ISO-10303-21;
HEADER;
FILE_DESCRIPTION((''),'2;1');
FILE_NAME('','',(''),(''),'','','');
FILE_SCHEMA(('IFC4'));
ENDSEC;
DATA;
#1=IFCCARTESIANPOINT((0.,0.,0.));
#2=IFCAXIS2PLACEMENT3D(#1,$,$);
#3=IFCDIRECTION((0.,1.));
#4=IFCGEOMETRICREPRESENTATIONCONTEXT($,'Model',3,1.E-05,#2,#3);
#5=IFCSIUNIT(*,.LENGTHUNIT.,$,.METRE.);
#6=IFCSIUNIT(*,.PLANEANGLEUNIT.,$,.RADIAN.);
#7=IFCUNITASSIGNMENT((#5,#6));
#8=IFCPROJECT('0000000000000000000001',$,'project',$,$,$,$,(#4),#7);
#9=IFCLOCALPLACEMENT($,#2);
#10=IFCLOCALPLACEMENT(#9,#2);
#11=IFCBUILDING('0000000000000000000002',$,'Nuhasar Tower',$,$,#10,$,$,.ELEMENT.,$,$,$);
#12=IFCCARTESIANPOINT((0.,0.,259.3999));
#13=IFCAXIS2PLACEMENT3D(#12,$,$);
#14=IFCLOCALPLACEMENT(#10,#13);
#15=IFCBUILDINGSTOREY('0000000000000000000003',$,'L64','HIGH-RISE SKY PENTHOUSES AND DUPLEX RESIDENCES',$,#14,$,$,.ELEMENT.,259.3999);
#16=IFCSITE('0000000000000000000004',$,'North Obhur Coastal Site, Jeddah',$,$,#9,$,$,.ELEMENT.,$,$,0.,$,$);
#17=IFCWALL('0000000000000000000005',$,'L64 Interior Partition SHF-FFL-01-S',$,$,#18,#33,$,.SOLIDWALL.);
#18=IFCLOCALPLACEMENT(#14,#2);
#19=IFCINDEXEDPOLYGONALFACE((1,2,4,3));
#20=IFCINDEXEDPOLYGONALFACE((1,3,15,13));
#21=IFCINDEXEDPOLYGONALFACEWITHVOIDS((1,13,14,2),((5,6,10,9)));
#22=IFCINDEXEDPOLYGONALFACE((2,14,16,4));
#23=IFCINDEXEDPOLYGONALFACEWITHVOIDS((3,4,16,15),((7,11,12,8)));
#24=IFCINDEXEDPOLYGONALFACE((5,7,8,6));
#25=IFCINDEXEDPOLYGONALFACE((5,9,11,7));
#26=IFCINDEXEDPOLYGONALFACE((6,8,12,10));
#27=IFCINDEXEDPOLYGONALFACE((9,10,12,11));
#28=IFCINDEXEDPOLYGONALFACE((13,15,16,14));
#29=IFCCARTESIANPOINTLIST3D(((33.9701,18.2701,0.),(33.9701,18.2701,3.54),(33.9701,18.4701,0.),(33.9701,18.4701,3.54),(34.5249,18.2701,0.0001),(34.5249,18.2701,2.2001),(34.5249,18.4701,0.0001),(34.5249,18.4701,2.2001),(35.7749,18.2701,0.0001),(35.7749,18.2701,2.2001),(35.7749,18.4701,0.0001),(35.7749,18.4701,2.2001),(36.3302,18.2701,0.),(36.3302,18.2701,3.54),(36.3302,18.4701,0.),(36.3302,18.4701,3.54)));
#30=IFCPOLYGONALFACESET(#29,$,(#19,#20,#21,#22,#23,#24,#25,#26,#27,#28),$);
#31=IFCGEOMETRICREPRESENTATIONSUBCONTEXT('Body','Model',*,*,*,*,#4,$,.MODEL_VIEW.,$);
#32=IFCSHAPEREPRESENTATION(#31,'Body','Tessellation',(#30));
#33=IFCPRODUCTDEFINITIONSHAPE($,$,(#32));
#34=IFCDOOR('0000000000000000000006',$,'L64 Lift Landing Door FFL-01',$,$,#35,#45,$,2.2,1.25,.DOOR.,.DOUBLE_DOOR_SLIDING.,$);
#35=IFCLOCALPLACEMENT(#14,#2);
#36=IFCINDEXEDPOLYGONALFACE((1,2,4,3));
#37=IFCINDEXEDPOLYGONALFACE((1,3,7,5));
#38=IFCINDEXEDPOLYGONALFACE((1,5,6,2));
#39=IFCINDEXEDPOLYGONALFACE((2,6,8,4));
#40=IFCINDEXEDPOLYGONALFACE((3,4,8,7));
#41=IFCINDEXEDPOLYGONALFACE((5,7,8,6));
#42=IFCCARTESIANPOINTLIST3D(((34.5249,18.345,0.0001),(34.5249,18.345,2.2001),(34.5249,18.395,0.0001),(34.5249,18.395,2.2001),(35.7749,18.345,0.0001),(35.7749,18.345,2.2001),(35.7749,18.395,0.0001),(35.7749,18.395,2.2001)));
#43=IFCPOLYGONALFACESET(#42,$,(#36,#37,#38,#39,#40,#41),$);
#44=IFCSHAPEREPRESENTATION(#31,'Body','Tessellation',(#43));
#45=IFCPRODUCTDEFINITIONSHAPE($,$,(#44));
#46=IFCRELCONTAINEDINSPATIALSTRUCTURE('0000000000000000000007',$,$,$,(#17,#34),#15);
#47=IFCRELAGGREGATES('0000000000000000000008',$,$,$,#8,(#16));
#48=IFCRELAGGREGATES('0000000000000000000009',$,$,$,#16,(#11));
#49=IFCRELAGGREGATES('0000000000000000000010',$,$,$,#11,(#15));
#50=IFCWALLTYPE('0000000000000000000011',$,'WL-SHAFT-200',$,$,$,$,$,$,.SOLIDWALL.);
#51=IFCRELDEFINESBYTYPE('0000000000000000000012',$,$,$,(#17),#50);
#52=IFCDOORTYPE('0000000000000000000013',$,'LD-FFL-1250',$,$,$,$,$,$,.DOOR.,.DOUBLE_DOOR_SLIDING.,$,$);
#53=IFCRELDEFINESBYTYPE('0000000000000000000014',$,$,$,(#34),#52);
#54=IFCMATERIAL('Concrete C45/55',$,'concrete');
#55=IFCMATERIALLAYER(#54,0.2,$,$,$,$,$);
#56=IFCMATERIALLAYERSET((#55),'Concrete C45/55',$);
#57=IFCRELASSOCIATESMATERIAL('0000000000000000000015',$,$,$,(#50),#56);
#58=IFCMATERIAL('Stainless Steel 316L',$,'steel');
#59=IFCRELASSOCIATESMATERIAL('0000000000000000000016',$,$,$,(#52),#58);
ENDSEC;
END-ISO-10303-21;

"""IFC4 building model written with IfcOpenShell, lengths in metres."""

from ifc_helpers import new_model, si_unit, direction, frame, frame_2d, origin, place, context, subcontext, project, spatial, rectangle, extrude, material, layer, layer_set, type_object, element, fill, save


model = new_model("IFC4")

# Units and contexts
model_context = context("Model", 3, precision=1e-05, world=origin(), true_north=direction((0.0, 1.0)))
body_context = subcontext(model_context, "Body", "Model", "MODEL_VIEW")
ifc_project = project(units=[si_unit("LENGTHUNIT", "METRE"), si_unit("PLANEANGLEUNIT", "RADIAN")], contexts=[model_context])

# Site, building, storey
site_placement = place(None, origin())
site = spatial("IfcSite", under=ifc_project, at=site_placement, Name="North Obhur Coastal Site, Jeddah", CompositionType="ELEMENT", RefElevation=0.0)
building_placement = place(site_placement, origin())
building = spatial("IfcBuilding", under=site, at=building_placement, Name="Nuhasar Tower", CompositionType="ELEMENT")
storey_placement = place(building_placement, frame((0.0, 0.0, 259.3999)))
storey = spatial("IfcBuildingStorey", under=building, at=storey_placement, Name="L64", Description="HIGH-RISE SKY PENTHOUSES AND DUPLEX RESIDENCES", CompositionType="ELEMENT", Elevation=259.3999)

# Shared definitions
ifc_material_1 = material(Name="Concrete C45/55", Category="concrete")

# Wall, opening, door
ifc_layer_1 = layer(ifc_material_1, 0.2)
ifc_layer_set_1 = layer_set([ifc_layer_1], Name="Concrete C45/55")
wall_type_1 = type_object("IfcWallType", Name="WL-SHAFT-200", PredefinedType="SOLIDWALL", material=ifc_layer_set_1)
wall_1_placement = place(storey_placement, frame((33.97, 18.3701, 0.0), z_axis=(0.0, 0.0, 1.0), x_axis=(1.0, 0.0, 0.0)))
wall_1 = element("IfcWall", 1, at=wall_1_placement, inside=storey, type_object=wall_type_1, Name="L64 Interior Partition SHF-FFL-01-S", PredefinedType="SOLIDWALL", context=body_context, shape_type="SweptSolid", body=[
    extrude(rectangle(XDim=2.3601, YDim=0.2, at=frame_2d((1.1802, 0.0))), origin(), (0.0, 0.0, 1.0), 3.54),
])
opening_1_placement = place(wall_1_placement, frame((0.5549, 0.0, 0.0)))
opening_1 = element("IfcOpeningElement", 2, at=opening_1_placement, cuts=wall_1, PredefinedType="OPENING", context=body_context, shape_type="SweptSolid", body=[
    extrude(rectangle(XDim=1.25, YDim=2.2, at=frame_2d((0.625, 1.1001))), frame((0.0, 0.1099, 0.0), z_axis=(0.0, -1.0, 0.0), x_axis=(1.0, 0.0, 0.0)), (0.0, 0.0, 1.0), 0.22),
])
ifc_material_2 = material(Name="Stainless Steel 316L", Category="steel")
door_type_1 = type_object("IfcDoorType", Name="LD-FFL-1250", OperationType="DOUBLE_DOOR_SLIDING", PredefinedType="DOOR", material=ifc_material_2)
door_1_placement = place(opening_1_placement, origin())
door_1 = element("IfcDoor", 3, at=door_1_placement, inside=storey, type_object=door_type_1, Name="L64 Lift Landing Door FFL-01", OperationType="DOUBLE_DOOR_SLIDING", OverallHeight=2.2, OverallWidth=1.25, PredefinedType="DOOR", context=body_context, shape_type="SweptSolid", body=[
    extrude(rectangle(XDim=1.25, YDim=2.2, at=frame_2d((0.625, 1.1001))), frame((0.0, 0.0249, 0.0), z_axis=(0.0, -1.0, 0.0), x_axis=(1.0, 0.0, 0.0)), (0.0, 0.0, 1.0), 0.05),
])
fill(opening_1, door_1)

save(model, "model.ifc")
